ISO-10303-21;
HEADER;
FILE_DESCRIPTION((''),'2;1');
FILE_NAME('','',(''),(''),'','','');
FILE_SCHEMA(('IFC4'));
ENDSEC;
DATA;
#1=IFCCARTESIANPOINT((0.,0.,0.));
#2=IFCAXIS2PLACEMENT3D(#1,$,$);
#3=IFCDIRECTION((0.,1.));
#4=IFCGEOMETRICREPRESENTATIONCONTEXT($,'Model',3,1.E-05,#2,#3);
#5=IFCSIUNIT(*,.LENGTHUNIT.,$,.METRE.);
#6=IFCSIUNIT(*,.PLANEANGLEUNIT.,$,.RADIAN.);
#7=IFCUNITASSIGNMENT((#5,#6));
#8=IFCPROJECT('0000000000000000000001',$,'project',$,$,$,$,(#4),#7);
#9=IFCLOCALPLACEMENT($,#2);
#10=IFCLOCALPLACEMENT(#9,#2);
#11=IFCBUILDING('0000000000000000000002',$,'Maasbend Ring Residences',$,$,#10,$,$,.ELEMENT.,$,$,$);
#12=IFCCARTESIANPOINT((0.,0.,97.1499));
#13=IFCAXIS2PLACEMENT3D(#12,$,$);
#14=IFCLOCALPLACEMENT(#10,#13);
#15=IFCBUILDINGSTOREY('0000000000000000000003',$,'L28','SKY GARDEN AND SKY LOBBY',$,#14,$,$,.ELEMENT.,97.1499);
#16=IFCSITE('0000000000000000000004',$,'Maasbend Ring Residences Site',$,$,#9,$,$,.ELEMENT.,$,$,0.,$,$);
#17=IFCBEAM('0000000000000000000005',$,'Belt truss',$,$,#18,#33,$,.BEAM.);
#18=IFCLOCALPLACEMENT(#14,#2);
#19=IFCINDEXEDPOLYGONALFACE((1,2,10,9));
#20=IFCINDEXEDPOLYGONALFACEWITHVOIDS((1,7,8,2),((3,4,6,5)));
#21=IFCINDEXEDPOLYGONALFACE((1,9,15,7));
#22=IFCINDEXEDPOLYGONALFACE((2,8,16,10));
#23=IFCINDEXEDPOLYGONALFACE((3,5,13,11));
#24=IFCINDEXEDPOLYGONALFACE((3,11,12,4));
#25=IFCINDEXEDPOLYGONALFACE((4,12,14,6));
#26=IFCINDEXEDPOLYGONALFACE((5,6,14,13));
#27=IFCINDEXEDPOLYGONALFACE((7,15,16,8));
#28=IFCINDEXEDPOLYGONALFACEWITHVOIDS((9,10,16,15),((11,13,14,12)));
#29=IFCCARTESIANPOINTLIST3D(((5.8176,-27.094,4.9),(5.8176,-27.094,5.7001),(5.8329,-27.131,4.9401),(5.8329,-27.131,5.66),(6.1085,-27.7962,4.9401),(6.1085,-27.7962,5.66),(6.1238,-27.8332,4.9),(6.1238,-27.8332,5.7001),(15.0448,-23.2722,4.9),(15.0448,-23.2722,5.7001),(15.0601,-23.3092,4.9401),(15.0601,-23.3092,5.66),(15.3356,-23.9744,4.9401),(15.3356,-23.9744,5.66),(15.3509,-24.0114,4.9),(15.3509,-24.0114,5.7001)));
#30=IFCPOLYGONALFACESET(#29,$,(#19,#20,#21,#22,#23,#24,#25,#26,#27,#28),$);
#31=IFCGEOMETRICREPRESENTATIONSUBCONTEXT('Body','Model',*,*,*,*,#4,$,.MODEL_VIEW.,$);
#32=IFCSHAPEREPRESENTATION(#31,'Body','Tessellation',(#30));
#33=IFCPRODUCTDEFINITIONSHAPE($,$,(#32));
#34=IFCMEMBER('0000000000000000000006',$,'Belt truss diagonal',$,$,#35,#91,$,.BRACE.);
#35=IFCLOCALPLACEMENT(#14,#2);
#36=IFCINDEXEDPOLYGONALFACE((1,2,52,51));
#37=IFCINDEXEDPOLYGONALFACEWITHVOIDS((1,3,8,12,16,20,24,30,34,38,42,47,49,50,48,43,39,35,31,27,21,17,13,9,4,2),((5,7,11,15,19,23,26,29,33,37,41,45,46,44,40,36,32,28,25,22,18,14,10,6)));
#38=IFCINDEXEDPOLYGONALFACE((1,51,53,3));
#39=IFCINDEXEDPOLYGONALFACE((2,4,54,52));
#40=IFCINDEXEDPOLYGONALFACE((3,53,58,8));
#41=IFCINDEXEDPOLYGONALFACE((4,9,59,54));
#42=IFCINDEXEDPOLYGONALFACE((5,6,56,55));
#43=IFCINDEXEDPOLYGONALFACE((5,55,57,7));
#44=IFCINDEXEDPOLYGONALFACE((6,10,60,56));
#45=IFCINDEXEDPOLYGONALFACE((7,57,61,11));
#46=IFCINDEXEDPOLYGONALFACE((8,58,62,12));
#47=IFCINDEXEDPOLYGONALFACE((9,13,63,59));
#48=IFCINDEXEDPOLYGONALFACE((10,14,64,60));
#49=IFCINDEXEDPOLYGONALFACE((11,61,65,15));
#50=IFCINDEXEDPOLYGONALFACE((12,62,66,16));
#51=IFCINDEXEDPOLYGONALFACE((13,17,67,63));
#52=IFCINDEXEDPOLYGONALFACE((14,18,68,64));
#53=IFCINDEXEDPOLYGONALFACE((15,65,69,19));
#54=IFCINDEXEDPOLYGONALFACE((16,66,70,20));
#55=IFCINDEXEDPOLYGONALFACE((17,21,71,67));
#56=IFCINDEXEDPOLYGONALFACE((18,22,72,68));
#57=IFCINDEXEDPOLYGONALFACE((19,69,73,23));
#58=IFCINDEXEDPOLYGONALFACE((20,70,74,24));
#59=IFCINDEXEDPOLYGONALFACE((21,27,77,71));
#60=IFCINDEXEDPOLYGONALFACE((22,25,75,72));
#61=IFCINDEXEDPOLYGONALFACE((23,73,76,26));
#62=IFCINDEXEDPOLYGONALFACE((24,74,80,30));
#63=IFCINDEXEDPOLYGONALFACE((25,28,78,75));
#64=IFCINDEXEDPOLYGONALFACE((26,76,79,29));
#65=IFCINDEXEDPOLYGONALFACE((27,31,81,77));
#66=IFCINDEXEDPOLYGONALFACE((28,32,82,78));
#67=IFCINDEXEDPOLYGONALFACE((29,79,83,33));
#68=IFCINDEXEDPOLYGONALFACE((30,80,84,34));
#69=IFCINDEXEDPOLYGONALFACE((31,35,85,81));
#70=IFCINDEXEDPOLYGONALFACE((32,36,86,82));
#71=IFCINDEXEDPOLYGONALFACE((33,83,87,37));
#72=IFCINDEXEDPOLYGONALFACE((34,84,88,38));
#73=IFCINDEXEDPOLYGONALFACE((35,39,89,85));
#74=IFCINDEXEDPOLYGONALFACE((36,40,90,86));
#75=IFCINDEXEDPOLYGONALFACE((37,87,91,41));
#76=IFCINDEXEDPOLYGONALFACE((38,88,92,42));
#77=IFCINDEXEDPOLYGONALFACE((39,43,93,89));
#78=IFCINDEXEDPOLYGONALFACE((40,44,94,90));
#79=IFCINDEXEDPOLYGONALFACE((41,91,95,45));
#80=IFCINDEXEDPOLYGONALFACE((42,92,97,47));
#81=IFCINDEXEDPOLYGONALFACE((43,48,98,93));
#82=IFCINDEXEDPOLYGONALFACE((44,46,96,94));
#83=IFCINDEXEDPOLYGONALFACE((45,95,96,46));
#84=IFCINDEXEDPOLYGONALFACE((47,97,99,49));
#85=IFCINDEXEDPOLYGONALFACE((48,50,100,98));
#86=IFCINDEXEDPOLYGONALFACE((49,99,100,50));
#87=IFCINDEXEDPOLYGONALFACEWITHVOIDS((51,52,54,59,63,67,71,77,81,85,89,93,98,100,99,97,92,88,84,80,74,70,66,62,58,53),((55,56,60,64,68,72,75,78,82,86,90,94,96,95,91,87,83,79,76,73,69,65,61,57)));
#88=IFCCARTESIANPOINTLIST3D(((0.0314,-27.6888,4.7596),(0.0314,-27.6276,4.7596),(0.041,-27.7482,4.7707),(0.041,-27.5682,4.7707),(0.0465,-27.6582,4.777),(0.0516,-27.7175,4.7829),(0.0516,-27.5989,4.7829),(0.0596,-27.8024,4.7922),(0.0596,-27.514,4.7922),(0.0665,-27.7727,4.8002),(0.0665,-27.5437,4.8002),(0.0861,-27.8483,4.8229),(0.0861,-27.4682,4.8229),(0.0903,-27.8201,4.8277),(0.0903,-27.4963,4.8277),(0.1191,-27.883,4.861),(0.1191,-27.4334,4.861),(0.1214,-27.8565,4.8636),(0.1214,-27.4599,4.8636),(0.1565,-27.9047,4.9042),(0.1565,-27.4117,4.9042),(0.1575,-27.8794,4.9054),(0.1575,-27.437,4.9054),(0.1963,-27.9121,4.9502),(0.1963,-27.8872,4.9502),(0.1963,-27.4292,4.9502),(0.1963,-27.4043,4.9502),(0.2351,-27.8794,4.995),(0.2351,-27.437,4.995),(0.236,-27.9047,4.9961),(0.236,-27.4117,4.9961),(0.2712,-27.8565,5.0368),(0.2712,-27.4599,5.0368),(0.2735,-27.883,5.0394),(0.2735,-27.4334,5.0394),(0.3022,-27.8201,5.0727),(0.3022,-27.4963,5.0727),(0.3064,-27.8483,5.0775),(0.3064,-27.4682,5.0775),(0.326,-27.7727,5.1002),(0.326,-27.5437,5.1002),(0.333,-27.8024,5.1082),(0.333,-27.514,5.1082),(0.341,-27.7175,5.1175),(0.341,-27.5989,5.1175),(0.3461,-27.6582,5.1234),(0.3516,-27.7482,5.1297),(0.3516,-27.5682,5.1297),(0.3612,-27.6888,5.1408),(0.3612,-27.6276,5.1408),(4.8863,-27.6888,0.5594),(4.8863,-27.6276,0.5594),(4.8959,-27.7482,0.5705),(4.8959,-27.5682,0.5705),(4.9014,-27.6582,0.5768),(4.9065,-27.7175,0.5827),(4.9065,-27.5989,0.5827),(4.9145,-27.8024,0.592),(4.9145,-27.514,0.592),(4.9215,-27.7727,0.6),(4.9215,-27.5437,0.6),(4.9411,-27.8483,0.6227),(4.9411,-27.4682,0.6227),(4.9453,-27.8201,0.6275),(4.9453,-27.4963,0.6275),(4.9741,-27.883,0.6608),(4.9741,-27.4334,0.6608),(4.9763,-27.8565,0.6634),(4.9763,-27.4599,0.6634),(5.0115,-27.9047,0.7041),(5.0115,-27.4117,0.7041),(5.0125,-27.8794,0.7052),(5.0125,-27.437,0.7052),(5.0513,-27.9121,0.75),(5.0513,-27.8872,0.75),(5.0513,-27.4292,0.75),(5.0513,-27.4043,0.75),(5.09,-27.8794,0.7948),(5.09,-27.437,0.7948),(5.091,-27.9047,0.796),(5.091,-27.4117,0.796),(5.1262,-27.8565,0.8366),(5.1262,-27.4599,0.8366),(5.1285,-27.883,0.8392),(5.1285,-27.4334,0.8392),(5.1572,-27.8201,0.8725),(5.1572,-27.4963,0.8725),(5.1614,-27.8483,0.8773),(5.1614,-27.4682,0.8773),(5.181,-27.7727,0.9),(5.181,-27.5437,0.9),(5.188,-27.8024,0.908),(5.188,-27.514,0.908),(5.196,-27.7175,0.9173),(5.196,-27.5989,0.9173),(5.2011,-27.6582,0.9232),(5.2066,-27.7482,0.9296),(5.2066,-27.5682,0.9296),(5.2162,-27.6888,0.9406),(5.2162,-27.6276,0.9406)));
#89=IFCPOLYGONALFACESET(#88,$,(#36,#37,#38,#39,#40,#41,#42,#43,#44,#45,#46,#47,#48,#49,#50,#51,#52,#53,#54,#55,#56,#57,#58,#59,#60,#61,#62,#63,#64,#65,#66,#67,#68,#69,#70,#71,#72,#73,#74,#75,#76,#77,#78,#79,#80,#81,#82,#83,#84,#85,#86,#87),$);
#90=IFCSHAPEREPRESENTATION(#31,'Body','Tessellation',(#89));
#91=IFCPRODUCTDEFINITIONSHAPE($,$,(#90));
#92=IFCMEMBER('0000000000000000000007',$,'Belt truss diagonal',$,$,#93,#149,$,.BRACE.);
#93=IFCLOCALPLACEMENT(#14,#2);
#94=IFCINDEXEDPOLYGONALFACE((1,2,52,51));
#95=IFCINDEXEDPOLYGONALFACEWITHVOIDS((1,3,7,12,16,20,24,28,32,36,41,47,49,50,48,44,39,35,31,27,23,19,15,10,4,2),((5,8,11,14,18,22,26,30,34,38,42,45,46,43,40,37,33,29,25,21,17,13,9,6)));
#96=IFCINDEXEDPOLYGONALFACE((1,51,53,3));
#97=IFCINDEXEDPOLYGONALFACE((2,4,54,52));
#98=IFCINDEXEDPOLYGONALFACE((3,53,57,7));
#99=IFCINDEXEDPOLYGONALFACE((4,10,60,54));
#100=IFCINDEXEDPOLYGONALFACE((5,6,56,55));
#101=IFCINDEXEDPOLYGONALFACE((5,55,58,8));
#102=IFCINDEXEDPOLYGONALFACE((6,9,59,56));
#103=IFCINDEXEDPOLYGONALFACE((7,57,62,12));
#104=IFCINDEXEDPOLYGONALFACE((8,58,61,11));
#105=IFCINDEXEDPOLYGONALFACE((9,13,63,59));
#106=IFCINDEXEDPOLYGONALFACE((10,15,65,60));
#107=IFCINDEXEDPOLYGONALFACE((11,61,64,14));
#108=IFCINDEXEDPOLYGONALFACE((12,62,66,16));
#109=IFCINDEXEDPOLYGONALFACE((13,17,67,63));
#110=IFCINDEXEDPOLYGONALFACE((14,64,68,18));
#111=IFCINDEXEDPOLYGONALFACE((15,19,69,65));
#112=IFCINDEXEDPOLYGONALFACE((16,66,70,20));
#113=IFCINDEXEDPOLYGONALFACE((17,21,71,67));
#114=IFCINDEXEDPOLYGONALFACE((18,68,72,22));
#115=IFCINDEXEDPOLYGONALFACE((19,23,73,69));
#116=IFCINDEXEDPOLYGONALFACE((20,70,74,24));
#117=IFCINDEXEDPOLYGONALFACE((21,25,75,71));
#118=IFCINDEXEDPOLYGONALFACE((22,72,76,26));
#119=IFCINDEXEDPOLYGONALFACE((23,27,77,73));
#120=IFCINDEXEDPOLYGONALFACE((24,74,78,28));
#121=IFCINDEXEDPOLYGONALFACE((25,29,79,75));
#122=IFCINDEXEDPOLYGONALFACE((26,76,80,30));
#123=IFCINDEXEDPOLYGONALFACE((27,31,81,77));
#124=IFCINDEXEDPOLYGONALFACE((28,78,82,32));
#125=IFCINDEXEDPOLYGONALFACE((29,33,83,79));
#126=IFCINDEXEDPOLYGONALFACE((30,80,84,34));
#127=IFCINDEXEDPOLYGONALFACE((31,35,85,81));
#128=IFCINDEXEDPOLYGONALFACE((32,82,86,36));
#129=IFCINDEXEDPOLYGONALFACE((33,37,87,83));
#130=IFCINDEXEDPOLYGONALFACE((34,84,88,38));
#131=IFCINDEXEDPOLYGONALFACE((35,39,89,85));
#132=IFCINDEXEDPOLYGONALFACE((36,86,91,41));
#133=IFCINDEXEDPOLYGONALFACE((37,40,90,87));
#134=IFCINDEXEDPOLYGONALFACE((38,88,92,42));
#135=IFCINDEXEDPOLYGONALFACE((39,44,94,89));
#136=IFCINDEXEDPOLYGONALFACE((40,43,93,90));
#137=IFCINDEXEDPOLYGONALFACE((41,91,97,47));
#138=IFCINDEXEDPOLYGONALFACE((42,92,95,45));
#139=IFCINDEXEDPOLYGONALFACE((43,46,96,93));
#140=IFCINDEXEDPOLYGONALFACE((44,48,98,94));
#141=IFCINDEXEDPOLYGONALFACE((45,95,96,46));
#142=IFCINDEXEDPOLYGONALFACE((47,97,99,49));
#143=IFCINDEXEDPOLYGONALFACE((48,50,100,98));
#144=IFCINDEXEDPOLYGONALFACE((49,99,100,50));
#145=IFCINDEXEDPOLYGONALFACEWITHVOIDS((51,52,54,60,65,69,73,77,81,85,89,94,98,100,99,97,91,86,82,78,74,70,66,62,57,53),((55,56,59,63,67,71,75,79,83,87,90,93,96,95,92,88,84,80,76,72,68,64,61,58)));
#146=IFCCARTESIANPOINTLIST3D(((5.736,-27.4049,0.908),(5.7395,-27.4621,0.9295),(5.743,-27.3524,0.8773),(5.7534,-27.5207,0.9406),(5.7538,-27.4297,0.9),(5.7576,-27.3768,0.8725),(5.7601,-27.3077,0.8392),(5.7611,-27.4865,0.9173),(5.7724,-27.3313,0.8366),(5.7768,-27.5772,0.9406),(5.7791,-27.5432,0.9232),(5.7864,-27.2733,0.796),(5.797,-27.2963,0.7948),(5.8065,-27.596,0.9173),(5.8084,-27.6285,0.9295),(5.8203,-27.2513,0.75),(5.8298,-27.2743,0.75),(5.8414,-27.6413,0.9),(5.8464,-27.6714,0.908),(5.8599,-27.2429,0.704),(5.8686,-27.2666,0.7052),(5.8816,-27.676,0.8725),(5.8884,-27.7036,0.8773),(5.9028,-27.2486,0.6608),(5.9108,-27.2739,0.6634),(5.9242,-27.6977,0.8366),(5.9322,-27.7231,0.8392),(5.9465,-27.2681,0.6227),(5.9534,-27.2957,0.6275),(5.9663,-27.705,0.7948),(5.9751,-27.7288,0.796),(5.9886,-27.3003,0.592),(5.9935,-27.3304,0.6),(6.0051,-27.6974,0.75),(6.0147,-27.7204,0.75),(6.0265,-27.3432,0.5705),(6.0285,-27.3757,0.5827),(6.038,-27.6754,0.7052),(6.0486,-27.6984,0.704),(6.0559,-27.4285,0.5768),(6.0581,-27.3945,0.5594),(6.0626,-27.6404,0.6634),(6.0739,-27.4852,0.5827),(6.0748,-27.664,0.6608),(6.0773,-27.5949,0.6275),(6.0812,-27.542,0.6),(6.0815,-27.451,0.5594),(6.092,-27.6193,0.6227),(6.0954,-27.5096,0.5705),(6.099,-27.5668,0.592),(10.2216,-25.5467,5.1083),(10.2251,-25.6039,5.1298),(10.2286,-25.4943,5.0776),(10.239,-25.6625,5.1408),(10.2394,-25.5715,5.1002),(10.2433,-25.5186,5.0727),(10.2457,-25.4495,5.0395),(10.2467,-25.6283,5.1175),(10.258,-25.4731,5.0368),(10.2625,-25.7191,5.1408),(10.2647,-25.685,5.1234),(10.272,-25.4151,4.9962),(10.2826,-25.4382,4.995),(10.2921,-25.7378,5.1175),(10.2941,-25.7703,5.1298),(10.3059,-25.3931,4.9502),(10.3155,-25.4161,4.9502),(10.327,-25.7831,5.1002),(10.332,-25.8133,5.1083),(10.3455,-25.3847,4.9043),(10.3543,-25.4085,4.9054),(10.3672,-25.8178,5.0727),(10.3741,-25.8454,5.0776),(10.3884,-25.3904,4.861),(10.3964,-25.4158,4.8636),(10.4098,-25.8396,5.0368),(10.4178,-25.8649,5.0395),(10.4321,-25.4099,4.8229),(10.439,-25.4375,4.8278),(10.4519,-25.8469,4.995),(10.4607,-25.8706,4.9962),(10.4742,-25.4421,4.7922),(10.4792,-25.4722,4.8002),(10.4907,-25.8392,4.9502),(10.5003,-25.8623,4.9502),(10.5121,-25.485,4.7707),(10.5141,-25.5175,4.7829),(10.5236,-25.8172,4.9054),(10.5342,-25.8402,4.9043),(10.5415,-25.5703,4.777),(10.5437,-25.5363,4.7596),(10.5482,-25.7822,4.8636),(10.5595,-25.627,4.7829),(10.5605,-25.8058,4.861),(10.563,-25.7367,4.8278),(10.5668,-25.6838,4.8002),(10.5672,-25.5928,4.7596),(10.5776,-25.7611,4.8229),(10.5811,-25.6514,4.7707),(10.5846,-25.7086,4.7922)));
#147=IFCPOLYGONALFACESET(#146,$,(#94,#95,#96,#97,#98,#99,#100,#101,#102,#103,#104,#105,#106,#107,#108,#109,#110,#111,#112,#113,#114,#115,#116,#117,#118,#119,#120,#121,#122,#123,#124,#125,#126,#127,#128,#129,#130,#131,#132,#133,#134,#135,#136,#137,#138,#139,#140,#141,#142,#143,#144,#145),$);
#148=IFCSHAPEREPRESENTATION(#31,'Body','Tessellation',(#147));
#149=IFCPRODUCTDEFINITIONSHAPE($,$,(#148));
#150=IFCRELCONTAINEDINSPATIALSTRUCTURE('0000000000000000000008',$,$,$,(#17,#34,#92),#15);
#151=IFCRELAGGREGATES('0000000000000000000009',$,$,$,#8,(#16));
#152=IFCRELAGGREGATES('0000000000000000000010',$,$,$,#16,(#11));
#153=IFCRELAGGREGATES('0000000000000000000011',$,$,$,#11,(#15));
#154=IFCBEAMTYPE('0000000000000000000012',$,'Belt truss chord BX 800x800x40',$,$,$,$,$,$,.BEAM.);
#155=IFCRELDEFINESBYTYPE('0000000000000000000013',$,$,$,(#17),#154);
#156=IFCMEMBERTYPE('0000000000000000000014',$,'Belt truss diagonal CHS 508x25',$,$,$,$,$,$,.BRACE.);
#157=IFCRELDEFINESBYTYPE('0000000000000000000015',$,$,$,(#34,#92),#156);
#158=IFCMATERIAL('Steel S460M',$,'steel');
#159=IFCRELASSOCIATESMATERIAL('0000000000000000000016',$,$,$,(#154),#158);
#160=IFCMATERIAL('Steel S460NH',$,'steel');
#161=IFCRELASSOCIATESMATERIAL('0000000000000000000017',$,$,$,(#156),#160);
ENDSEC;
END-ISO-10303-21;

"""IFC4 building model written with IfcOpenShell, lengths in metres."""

from ifc_helpers import new_model, si_unit, direction, frame, origin, origin_2d, place, context, subcontext, project, spatial, hollow_rectangle, hollow_circle, extrude, material, material_profile, profile_set, type_object, element, save


model = new_model("IFC4")

# Units and contexts
model_context = context("Model", 3, precision=1e-05, world=origin(), true_north=direction((0.0, 1.0)))
body_context = subcontext(model_context, "Body", "Model", "MODEL_VIEW")
ifc_project = project(units=[si_unit("LENGTHUNIT", "METRE"), si_unit("PLANEANGLEUNIT", "RADIAN")], contexts=[model_context])

# Site, building, storey
site_placement = place(None, origin())
site = spatial("IfcSite", under=ifc_project, at=site_placement, Name="Maasbend Ring Residences Site", CompositionType="ELEMENT", RefElevation=0.0)
building_placement = place(site_placement, origin())
building = spatial("IfcBuilding", under=site, at=building_placement, Name="Maasbend Ring Residences", CompositionType="ELEMENT")
storey_placement = place(building_placement, frame((0.0, 0.0, 97.1499)))
storey = spatial("IfcBuildingStorey", under=building, at=storey_placement, Name="L28", Description="SKY GARDEN AND SKY LOBBY", CompositionType="ELEMENT", Elevation=97.1499)

# Beam
ifc_material_1 = material(Name="Steel S460M", Category="steel")
ifc_material_profile_1 = material_profile(ifc_material_1, hollow_rectangle(XDim=0.8, YDim=0.8, WallThickness=0.04, at=origin_2d()), Name="Belt truss chord BX 800x800x40")
ifc_profile_set_1 = profile_set([ifc_material_profile_1], Name="Steel S460M")
beam_type_1 = type_object("IfcBeamType", Name="Belt truss chord BX 800x800x40", PredefinedType="BEAM", material=ifc_profile_set_1)
for number, where, z_axis, x_axis, name in (
    (1, (5.9707, -27.4636, 5.3), (0.923886, 0.382667, 0.0), (-0.382667, 0.923886, 0.0), "Belt truss"),
):
    element("IfcBeam", number, at=place(storey_placement, frame(where, z_axis=z_axis, x_axis=x_axis)), inside=storey, type_object=beam_type_1, Name=name, PredefinedType="BEAM", context=body_context, shape_type="SweptSolid", body=[
        extrude(hollow_rectangle(XDim=0.8, YDim=0.8, WallThickness=0.04, at=origin_2d()), origin(), (0.0, 0.0, 1.0), 9.9873),
    ])

# Members
ifc_material_2 = material(Name="Steel S460NH", Category="steel")
ifc_material_profile_2 = material_profile(ifc_material_2, hollow_circle(Radius=0.2539, WallThickness=0.0249, at=origin_2d()), Name="Belt truss diagonal CHS 508x25")
ifc_profile_set_2 = profile_set([ifc_material_profile_2], Name="Steel S460NH")
member_type_1 = type_object("IfcMemberType", Name="Belt truss diagonal CHS 508x25", PredefinedType="BRACE", material=ifc_profile_set_2)
member_1_placement = place(storey_placement, frame((0.1963, -27.6582, 4.9502), z_axis=(0.756263, 0.0, -0.654267), x_axis=(0.0, 1.0, 0.0)))
element("IfcMember", 2, at=member_1_placement, inside=storey, type_object=member_type_1, Name="Belt truss diagonal", PredefinedType="BRACE", context=body_context, shape_type="SweptSolid", body=[
    extrude(hollow_circle(Radius=0.2539, WallThickness=0.0249, at=origin_2d()), origin(), (0.0, 0.0, 1.0), 6.4197),
])
for number, where, z_axis, x_axis, name in (
    (3, (5.9175, -27.4858, 0.75), (0.698703, 0.289437, 0.654248), (-0.382712, 0.923868, 0.0), "Belt truss diagonal"),
):
    element("IfcMember", number, at=place(storey_placement, frame(where, z_axis=z_axis, x_axis=x_axis)), inside=storey, type_object=member_type_1, Name=name, PredefinedType="BRACE", context=body_context, shape_type="SweptSolid", body=[
        extrude(hollow_circle(Radius=0.2539, WallThickness=0.0249, at=origin_2d()), origin(), (0.0, 0.0, 1.0), 6.4199),
    ])

save(model, "model.ifc")
